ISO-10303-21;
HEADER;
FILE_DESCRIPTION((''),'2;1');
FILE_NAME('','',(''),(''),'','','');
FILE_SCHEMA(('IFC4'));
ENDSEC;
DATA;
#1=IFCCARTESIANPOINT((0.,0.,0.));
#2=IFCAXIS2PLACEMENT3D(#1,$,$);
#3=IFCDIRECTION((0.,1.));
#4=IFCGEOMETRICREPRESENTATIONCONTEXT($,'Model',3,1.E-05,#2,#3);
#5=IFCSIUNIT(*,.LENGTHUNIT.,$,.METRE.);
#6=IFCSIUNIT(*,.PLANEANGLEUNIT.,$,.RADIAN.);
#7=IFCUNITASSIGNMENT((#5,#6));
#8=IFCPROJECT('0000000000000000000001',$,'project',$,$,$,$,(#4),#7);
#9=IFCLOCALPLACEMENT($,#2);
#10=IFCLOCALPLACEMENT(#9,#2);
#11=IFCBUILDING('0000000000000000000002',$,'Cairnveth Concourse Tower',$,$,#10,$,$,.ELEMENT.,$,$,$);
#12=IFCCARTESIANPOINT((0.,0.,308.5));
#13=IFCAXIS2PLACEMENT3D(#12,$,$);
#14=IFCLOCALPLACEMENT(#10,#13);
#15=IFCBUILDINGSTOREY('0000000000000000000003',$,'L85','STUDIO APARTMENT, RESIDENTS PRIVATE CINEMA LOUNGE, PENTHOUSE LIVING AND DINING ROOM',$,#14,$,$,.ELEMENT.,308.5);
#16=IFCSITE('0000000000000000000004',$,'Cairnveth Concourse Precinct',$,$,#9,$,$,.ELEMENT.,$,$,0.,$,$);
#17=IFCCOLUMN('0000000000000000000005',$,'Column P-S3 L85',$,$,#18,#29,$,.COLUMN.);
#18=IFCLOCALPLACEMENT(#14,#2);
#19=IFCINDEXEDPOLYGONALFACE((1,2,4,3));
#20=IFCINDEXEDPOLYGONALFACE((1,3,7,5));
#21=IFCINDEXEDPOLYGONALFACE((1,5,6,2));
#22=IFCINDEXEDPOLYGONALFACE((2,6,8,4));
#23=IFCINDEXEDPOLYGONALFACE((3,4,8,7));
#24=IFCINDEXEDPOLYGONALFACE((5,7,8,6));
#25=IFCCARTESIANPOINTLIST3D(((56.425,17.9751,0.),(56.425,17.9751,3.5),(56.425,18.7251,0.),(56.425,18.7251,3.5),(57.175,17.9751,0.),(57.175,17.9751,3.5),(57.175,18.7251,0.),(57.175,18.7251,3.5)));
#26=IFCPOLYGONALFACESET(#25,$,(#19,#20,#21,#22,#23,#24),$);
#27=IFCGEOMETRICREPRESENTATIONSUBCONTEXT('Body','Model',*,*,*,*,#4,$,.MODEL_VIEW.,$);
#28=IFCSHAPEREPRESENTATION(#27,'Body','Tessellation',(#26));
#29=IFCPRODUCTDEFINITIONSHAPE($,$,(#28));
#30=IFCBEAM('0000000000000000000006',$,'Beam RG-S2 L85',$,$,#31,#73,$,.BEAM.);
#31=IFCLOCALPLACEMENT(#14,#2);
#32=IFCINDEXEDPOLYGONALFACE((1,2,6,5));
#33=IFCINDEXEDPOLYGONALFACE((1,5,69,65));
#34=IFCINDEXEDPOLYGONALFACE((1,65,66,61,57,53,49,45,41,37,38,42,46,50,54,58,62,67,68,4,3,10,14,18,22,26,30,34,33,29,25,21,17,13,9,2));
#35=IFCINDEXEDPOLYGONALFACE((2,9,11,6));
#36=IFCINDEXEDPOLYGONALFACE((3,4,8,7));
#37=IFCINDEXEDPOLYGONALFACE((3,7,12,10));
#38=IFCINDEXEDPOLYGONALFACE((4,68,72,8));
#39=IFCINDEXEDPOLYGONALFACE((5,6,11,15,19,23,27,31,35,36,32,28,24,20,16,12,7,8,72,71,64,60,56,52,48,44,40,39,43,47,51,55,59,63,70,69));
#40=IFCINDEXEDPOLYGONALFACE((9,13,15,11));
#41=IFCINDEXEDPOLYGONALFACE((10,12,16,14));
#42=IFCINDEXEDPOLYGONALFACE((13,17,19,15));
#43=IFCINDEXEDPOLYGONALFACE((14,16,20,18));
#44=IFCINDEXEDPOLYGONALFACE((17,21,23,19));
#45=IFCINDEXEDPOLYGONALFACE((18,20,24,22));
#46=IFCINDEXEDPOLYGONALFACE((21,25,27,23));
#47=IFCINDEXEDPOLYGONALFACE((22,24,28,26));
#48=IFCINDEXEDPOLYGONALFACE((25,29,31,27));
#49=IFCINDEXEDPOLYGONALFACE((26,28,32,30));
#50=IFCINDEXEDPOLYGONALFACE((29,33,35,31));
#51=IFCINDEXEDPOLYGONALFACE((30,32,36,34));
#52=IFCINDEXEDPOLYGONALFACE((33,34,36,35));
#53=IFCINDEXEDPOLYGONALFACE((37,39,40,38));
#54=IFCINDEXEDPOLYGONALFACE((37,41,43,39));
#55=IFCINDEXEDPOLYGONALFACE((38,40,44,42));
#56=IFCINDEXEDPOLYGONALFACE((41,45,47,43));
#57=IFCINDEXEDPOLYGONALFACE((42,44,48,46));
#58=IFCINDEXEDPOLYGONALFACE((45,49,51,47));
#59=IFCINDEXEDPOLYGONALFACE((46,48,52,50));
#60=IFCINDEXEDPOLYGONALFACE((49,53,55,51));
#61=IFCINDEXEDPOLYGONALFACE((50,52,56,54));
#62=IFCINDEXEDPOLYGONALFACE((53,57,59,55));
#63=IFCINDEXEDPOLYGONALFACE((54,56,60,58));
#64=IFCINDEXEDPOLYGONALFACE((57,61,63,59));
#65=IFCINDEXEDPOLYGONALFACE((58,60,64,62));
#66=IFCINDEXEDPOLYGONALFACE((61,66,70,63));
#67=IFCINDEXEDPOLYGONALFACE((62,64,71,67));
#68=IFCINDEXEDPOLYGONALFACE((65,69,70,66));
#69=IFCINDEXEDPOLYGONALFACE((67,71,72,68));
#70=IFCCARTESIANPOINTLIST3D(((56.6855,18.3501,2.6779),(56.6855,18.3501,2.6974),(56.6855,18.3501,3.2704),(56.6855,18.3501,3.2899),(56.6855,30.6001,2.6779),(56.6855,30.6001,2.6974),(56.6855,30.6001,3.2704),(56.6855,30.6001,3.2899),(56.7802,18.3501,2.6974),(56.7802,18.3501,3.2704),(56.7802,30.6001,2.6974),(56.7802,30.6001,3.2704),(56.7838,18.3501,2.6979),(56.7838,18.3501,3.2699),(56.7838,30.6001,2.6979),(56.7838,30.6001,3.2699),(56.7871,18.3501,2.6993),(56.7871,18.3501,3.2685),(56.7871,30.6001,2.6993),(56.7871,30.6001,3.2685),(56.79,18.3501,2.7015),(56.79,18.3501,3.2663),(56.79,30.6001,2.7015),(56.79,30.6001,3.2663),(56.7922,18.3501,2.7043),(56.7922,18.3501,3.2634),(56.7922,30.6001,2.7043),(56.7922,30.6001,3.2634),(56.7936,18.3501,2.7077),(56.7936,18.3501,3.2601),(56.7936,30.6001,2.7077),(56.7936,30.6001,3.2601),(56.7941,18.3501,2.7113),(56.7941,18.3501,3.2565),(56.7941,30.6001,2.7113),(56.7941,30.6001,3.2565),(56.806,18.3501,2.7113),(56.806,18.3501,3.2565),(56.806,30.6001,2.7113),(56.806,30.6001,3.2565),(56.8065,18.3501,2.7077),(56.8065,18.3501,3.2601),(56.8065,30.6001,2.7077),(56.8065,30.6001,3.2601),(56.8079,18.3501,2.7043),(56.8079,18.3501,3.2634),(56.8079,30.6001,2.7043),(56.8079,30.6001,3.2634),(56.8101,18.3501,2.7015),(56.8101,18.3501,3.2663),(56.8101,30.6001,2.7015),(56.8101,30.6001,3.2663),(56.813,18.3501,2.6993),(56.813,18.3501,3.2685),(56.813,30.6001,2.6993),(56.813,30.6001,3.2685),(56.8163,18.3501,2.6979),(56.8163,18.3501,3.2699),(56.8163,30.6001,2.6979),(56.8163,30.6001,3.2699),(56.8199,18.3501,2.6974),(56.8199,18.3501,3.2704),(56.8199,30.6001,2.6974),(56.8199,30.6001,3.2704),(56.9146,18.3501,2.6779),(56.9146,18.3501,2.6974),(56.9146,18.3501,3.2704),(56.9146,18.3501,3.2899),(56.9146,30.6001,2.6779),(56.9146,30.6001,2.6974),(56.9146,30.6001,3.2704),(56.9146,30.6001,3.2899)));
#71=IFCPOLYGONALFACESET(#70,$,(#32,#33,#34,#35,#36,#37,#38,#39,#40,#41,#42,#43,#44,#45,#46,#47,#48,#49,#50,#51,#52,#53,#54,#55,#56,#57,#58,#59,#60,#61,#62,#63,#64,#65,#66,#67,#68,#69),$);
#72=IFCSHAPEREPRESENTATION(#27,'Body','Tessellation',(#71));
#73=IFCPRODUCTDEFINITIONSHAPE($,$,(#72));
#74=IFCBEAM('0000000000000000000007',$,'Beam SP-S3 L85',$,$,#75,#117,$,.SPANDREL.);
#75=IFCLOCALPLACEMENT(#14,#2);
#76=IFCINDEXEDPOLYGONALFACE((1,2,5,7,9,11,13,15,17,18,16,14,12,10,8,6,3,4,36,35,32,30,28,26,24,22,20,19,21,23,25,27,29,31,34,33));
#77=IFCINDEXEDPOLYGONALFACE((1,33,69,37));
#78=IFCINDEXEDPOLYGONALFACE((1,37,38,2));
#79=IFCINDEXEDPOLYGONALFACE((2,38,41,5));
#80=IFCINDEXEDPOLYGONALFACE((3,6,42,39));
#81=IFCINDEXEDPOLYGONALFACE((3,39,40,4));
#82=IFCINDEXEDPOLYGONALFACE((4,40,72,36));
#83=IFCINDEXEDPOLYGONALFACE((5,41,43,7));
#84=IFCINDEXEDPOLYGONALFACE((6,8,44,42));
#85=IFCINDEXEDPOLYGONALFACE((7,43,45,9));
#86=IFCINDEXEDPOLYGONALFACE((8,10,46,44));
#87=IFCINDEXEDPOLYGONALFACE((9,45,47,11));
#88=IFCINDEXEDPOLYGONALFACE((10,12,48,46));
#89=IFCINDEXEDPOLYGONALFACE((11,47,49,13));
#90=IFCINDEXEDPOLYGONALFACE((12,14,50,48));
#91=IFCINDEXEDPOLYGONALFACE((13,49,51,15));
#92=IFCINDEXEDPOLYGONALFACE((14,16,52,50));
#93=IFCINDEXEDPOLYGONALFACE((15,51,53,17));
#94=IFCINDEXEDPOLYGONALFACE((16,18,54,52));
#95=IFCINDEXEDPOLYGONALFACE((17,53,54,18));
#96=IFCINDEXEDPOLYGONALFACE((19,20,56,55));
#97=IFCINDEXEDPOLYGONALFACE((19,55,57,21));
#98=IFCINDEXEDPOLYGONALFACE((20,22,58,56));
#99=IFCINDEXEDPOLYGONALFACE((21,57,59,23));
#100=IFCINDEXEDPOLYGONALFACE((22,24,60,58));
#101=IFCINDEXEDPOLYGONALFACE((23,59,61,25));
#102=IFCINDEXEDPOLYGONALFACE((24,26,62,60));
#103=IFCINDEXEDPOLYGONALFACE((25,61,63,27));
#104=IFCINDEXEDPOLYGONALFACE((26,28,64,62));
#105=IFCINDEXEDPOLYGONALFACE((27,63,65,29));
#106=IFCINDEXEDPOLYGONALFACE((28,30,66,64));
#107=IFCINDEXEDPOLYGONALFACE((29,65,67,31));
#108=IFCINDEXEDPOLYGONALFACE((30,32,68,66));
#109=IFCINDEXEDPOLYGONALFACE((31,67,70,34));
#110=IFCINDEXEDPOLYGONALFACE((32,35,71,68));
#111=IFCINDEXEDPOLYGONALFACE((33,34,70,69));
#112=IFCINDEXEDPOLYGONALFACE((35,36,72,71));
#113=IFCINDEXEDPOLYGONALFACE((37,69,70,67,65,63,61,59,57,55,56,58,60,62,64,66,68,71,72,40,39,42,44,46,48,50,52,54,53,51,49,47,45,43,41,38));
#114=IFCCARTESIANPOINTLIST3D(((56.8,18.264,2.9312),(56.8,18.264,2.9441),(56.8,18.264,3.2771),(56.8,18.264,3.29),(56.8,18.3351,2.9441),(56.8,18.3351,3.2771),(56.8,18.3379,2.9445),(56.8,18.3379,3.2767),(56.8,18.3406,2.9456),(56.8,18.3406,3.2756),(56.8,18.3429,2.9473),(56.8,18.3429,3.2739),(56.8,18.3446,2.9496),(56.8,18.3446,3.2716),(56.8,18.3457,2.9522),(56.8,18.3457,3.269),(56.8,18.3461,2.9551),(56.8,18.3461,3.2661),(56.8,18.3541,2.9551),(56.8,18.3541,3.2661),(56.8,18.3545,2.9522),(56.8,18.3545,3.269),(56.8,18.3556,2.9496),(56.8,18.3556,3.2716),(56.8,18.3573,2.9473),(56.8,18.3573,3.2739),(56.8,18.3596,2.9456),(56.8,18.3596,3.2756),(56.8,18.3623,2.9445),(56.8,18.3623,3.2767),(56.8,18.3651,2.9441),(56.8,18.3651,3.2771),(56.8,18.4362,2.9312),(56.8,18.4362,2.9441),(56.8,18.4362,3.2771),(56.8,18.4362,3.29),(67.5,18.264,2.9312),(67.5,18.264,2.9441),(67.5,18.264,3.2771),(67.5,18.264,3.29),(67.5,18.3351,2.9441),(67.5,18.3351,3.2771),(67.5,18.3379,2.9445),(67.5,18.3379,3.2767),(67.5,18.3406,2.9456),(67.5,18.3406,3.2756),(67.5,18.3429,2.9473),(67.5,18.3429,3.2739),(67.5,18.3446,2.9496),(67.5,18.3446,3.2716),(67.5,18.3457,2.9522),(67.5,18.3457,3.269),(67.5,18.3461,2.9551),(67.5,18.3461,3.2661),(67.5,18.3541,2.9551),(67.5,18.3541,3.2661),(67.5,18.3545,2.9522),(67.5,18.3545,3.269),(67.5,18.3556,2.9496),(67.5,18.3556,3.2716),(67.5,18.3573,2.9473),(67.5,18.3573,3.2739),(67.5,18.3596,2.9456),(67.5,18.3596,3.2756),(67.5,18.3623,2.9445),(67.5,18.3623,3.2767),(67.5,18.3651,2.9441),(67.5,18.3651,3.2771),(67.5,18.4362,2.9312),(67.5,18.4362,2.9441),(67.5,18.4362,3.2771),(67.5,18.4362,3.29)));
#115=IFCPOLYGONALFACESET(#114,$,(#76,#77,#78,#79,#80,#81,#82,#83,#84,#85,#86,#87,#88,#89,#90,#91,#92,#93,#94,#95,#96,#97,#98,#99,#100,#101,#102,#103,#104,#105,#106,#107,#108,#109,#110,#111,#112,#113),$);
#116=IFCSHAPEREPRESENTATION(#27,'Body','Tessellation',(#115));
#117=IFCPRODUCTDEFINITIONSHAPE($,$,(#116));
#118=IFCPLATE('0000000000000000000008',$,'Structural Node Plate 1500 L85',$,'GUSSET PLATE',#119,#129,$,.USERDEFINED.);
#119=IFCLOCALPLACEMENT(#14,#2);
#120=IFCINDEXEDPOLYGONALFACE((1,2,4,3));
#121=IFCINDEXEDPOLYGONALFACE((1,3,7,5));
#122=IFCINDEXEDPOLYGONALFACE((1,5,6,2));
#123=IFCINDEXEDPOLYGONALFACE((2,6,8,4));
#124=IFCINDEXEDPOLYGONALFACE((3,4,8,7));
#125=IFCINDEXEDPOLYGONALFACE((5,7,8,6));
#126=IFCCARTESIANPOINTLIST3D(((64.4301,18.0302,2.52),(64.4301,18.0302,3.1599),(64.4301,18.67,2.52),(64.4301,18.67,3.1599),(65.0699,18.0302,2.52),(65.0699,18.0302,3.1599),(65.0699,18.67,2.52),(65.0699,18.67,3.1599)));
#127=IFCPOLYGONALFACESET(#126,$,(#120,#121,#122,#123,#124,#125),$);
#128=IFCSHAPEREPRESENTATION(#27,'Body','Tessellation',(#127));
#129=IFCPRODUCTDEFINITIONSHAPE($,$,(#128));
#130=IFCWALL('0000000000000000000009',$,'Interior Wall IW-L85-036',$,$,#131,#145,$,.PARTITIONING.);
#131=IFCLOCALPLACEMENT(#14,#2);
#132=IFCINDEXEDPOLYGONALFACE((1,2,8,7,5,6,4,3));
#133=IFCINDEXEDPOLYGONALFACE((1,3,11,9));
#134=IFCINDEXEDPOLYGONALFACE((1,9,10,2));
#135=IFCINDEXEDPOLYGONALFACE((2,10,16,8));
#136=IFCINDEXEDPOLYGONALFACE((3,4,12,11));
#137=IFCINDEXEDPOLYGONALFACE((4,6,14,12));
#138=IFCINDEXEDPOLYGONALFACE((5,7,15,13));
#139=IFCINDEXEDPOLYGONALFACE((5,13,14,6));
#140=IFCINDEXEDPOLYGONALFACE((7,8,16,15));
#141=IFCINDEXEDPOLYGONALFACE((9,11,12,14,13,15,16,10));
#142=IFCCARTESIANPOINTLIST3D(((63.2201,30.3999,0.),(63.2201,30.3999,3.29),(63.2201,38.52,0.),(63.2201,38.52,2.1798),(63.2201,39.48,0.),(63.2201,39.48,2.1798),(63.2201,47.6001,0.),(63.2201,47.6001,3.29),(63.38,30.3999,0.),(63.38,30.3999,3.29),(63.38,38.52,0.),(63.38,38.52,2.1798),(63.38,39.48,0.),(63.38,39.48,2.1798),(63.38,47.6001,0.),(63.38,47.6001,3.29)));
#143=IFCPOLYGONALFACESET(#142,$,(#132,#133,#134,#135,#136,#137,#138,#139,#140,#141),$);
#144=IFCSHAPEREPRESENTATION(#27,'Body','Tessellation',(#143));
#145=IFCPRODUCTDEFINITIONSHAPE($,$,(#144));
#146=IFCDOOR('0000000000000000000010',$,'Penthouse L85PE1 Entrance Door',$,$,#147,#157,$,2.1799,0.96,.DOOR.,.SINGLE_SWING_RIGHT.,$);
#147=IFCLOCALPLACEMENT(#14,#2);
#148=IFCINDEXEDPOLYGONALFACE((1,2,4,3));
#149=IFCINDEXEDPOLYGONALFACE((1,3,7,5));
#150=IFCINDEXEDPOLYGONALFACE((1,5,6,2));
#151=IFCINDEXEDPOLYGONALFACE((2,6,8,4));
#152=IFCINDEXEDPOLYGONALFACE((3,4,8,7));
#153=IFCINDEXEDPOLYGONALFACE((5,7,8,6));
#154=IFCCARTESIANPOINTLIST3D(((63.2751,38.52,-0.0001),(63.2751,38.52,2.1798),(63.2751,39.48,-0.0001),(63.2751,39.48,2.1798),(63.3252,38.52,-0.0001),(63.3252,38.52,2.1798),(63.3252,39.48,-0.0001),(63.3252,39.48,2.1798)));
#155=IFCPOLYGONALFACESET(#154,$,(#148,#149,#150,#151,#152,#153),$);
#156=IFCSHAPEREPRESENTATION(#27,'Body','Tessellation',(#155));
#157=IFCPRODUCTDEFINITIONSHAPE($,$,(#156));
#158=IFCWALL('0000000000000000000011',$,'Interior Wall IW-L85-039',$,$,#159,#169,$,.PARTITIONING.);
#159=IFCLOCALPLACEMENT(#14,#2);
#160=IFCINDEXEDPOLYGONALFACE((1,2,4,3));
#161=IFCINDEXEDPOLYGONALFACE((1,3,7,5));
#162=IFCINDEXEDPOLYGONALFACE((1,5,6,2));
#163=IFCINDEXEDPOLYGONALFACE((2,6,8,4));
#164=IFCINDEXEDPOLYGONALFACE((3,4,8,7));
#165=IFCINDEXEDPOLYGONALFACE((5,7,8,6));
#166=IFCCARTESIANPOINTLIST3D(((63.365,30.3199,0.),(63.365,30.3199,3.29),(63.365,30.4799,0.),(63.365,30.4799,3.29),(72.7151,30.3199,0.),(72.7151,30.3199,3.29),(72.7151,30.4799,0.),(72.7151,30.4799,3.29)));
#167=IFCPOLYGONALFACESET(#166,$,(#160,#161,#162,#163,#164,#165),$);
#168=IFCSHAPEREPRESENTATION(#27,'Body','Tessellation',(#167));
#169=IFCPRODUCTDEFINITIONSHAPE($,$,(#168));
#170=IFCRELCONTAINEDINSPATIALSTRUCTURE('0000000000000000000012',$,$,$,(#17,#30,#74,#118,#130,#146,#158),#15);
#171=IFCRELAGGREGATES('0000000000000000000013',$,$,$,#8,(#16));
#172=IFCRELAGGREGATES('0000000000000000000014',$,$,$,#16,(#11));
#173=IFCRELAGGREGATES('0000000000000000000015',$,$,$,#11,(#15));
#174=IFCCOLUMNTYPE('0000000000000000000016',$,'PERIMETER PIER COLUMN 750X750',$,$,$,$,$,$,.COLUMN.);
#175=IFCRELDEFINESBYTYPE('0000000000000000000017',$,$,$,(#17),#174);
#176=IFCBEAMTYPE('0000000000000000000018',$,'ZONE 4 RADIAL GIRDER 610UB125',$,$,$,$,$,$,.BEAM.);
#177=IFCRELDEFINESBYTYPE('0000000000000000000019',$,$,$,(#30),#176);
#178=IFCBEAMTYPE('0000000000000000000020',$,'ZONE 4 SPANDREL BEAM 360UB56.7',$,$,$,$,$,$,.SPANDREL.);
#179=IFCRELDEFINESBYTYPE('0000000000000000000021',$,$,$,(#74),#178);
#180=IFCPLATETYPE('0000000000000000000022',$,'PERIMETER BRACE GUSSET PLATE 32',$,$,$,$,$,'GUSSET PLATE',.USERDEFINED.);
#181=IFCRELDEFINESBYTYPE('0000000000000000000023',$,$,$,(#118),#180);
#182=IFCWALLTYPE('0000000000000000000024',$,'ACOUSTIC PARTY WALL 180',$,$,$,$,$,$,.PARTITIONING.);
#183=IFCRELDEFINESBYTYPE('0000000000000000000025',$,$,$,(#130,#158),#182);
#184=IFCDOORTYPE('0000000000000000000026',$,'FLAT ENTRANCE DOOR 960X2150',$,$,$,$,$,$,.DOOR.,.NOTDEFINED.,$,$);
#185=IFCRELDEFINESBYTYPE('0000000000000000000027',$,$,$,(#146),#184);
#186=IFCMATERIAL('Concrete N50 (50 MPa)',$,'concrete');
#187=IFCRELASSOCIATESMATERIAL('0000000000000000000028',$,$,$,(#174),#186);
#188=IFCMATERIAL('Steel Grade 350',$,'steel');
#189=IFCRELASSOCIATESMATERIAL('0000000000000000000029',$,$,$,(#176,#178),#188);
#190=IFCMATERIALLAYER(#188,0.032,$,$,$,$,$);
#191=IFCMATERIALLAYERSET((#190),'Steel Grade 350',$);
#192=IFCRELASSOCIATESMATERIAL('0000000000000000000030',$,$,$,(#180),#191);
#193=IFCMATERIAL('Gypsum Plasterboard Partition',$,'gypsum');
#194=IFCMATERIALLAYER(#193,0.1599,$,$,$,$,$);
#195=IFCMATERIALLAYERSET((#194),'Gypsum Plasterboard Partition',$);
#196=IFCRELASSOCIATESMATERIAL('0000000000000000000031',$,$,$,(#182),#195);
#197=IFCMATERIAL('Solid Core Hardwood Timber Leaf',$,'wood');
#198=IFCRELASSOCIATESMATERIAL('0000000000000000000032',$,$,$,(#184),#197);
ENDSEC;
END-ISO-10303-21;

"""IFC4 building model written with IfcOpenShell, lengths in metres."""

from ifc_helpers import new_model, si_unit, direction, frame, frame_2d, origin, origin_2d, place, context, subcontext, project, spatial, rectangle, i_section, extrude, material, layer, layer_set, material_profile, profile_set, type_object, element, fill, save


model = new_model("IFC4")

# Units and contexts
model_context = context("Model", 3, precision=1e-05, world=origin(), true_north=direction((0.0, 1.0)))
body_context = subcontext(model_context, "Body", "Model", "MODEL_VIEW")
ifc_project = project(units=[si_unit("LENGTHUNIT", "METRE"), si_unit("PLANEANGLEUNIT", "RADIAN")], contexts=[model_context])

# Site, building, storey
site_placement = place(None, origin())
site = spatial("IfcSite", under=ifc_project, at=site_placement, Name="Cairnveth Concourse Precinct", CompositionType="ELEMENT", RefElevation=0.0)
building_placement = place(site_placement, origin())
building = spatial("IfcBuilding", under=site, at=building_placement, Name="Cairnveth Concourse Tower", CompositionType="ELEMENT")
storey_placement = place(building_placement, frame((0.0, 0.0, 308.5)))
storey = spatial("IfcBuildingStorey", under=building, at=storey_placement, Name="L85", Description="STUDIO APARTMENT, RESIDENTS PRIVATE CINEMA LOUNGE, PENTHOUSE LIVING AND DINING ROOM", CompositionType="ELEMENT", Elevation=308.5)

# Column
ifc_material_1 = material(Name="Concrete N50 (50 MPa)", Category="concrete")
ifc_material_profile_1 = material_profile(ifc_material_1, rectangle(XDim=0.75, YDim=0.75, at=origin_2d()), Name="RC-COL-750x750")
ifc_profile_set_1 = profile_set([ifc_material_profile_1], Name="Concrete N50 (50 MPa)")
column_type = type_object("IfcColumnType", Name="PERIMETER PIER COLUMN 750X750", PredefinedType="COLUMN", material=ifc_profile_set_1)
column_placement = place(storey_placement, frame((56.8, 18.3501, 0.0), z_axis=(0.0, 0.0, 1.0), x_axis=(1.0, 0.0, 0.0)))
element("IfcColumn", 1, at=column_placement, inside=storey, type_object=column_type, Name="Column P-S3 L85", PredefinedType="COLUMN", context=body_context, shape_type="SweptSolid", body=[
    extrude(rectangle(XDim=0.75, YDim=0.75, at=origin_2d()), origin(), (0.0, 0.0, 1.0), 3.5),
])

# Beams
ifc_material_2 = material(Name="Steel Grade 350", Category="steel")
ifc_material_profile_2 = material_profile(ifc_material_2, i_section(OverallWidth=0.229, OverallDepth=0.6121, WebThickness=0.012, FlangeThickness=0.0195, FilletRadius=0.0139, at=origin_2d()), Name="610UB125")
ifc_profile_set_2 = profile_set([ifc_material_profile_2], Name="Steel Grade 350")
beam_type_1 = type_object("IfcBeamType", Name="ZONE 4 RADIAL GIRDER 610UB125", PredefinedType="BEAM", material=ifc_profile_set_2)
beam_1_placement = place(storey_placement, frame((56.8, 18.3501, 2.9839), z_axis=(0.0, 1.0, 0.0), x_axis=(-1.0, 0.0, 0.0)))
element("IfcBeam", 2, at=beam_1_placement, inside=storey, type_object=beam_type_1, Name="Beam RG-S2 L85", PredefinedType="BEAM", context=body_context, shape_type="SweptSolid", body=[
    extrude(i_section(OverallWidth=0.229, OverallDepth=0.6121, WebThickness=0.012, FlangeThickness=0.0195, FilletRadius=0.0139, at=origin_2d()), origin(), (0.0, 0.0, 1.0), 12.25),
])
ifc_material_profile_3 = material_profile(ifc_material_2, i_section(OverallWidth=0.1721, OverallDepth=0.3589, WebThickness=0.0081, FlangeThickness=0.0129, FilletRadius=0.011, at=origin_2d()), Name="360UB56.7")
ifc_profile_set_3 = profile_set([ifc_material_profile_3], Name="Steel Grade 350")
beam_type_2 = type_object("IfcBeamType", Name="ZONE 4 SPANDREL BEAM 360UB56.7", PredefinedType="SPANDREL", material=ifc_profile_set_3)
beam_2_placement = place(storey_placement, frame((56.8, 18.3501, 3.1106), z_axis=(1.0, 0.0, 0.0), x_axis=(0.0, 1.0, 0.0)))
element("IfcBeam", 3, at=beam_2_placement, inside=storey, type_object=beam_type_2, Name="Beam SP-S3 L85", PredefinedType="SPANDREL", context=body_context, shape_type="SweptSolid", body=[
    extrude(i_section(OverallWidth=0.1721, OverallDepth=0.3589, WebThickness=0.0081, FlangeThickness=0.0129, FilletRadius=0.011, at=origin_2d()), origin(), (0.0, 0.0, 1.0), 10.7),
])

# Plate
ifc_layer_1 = layer(ifc_material_2, 0.032)
ifc_layer_set_1 = layer_set([ifc_layer_1], Name="Steel Grade 350")
plate_type = type_object("IfcPlateType", Name="PERIMETER BRACE GUSSET PLATE 32", ElementType="GUSSET PLATE", PredefinedType="USERDEFINED", material=ifc_layer_set_1)
plate_placement = place(storey_placement, frame((64.75, 18.3501, 2.52), z_axis=(0.0, 0.0, 1.0), x_axis=(1.0, 0.0, 0.0)))
element("IfcPlate", 4, at=plate_placement, inside=storey, type_object=plate_type, Name="Structural Node Plate 1500 L85", ObjectType="GUSSET PLATE", PredefinedType="USERDEFINED", context=body_context, shape_type="SweptSolid", body=[
    extrude(rectangle(XDim=0.6399, YDim=0.6399, at=origin_2d()), origin(), (0.0, 0.0, 1.0), 0.6399),
])

# Wall, opening, door
ifc_material_3 = material(Name="Gypsum Plasterboard Partition", Category="gypsum")
ifc_layer_2 = layer(ifc_material_3, 0.1599)
ifc_layer_set_2 = layer_set([ifc_layer_2], Name="Gypsum Plasterboard Partition")
wall_type_1 = type_object("IfcWallType", Name="ACOUSTIC PARTY WALL 180", PredefinedType="PARTITIONING", material=ifc_layer_set_2)
wall_1_placement = place(storey_placement, frame((63.3, 30.3999, 0.0), z_axis=(0.0, 0.0, 1.0), x_axis=(0.0, 1.0, 0.0)))
wall_1 = element("IfcWall", 5, at=wall_1_placement, inside=storey, type_object=wall_type_1, Name="Interior Wall IW-L85-036", PredefinedType="PARTITIONING", context=body_context, shape_type="SweptSolid", body=[
    extrude(rectangle(XDim=17.2002, YDim=0.1599, at=frame_2d((8.6001, 0.0))), origin(), (0.0, 0.0, 1.0), 3.29),
])
opening_1_placement = place(wall_1_placement, frame((8.1201, 0.0, 0.0)))
opening_1 = element("IfcOpeningElement", 6, at=opening_1_placement, cuts=wall_1, PredefinedType="OPENING", context=body_context, shape_type="SweptSolid", body=[
    extrude(rectangle(XDim=0.96, YDim=2.1799, at=frame_2d((0.48, 1.0898))), frame((0.0, 0.0898, 0.0), z_axis=(0.0, -1.0, 0.0), x_axis=(1.0, 0.0, 0.0)), (0.0, 0.0, 1.0), 0.1799),
])
ifc_material_4 = material(Name="Solid Core Hardwood Timber Leaf", Category="wood")
door_type_1 = type_object("IfcDoorType", Name="FLAT ENTRANCE DOOR 960X2150", OperationType="NOTDEFINED", PredefinedType="DOOR", material=ifc_material_4)
door_1_placement = place(opening_1_placement, origin())
door_1 = element("IfcDoor", 7, at=door_1_placement, inside=storey, type_object=door_type_1, Name="Penthouse L85PE1 Entrance Door", OperationType="SINGLE_SWING_RIGHT", OverallHeight=2.1799, OverallWidth=0.96, PredefinedType="DOOR", context=body_context, shape_type="SweptSolid", body=[
    extrude(rectangle(XDim=0.96, YDim=2.1799, at=frame_2d((0.48, 1.0898))), frame((0.0, 0.0249, 0.0), z_axis=(0.0, -1.0, 0.0), x_axis=(1.0, 0.0, 0.0)), (0.0, 0.0, 1.0), 0.05),
])
fill(opening_1, door_1)

# Wall
wall_2_placement = place(storey_placement, frame((63.365, 30.3999, 0.0), z_axis=(0.0, 0.0, 1.0), x_axis=(1.0, 0.0, 0.0)))
element("IfcWall", 8, at=wall_2_placement, inside=storey, type_object=wall_type_1, Name="Interior Wall IW-L85-039", PredefinedType="PARTITIONING", context=body_context, shape_type="SweptSolid", body=[
    extrude(rectangle(XDim=9.3501, YDim=0.1599, at=frame_2d((4.675, 0.0))), origin(), (0.0, 0.0, 1.0), 3.29),
])

save(model, "model.ifc")
